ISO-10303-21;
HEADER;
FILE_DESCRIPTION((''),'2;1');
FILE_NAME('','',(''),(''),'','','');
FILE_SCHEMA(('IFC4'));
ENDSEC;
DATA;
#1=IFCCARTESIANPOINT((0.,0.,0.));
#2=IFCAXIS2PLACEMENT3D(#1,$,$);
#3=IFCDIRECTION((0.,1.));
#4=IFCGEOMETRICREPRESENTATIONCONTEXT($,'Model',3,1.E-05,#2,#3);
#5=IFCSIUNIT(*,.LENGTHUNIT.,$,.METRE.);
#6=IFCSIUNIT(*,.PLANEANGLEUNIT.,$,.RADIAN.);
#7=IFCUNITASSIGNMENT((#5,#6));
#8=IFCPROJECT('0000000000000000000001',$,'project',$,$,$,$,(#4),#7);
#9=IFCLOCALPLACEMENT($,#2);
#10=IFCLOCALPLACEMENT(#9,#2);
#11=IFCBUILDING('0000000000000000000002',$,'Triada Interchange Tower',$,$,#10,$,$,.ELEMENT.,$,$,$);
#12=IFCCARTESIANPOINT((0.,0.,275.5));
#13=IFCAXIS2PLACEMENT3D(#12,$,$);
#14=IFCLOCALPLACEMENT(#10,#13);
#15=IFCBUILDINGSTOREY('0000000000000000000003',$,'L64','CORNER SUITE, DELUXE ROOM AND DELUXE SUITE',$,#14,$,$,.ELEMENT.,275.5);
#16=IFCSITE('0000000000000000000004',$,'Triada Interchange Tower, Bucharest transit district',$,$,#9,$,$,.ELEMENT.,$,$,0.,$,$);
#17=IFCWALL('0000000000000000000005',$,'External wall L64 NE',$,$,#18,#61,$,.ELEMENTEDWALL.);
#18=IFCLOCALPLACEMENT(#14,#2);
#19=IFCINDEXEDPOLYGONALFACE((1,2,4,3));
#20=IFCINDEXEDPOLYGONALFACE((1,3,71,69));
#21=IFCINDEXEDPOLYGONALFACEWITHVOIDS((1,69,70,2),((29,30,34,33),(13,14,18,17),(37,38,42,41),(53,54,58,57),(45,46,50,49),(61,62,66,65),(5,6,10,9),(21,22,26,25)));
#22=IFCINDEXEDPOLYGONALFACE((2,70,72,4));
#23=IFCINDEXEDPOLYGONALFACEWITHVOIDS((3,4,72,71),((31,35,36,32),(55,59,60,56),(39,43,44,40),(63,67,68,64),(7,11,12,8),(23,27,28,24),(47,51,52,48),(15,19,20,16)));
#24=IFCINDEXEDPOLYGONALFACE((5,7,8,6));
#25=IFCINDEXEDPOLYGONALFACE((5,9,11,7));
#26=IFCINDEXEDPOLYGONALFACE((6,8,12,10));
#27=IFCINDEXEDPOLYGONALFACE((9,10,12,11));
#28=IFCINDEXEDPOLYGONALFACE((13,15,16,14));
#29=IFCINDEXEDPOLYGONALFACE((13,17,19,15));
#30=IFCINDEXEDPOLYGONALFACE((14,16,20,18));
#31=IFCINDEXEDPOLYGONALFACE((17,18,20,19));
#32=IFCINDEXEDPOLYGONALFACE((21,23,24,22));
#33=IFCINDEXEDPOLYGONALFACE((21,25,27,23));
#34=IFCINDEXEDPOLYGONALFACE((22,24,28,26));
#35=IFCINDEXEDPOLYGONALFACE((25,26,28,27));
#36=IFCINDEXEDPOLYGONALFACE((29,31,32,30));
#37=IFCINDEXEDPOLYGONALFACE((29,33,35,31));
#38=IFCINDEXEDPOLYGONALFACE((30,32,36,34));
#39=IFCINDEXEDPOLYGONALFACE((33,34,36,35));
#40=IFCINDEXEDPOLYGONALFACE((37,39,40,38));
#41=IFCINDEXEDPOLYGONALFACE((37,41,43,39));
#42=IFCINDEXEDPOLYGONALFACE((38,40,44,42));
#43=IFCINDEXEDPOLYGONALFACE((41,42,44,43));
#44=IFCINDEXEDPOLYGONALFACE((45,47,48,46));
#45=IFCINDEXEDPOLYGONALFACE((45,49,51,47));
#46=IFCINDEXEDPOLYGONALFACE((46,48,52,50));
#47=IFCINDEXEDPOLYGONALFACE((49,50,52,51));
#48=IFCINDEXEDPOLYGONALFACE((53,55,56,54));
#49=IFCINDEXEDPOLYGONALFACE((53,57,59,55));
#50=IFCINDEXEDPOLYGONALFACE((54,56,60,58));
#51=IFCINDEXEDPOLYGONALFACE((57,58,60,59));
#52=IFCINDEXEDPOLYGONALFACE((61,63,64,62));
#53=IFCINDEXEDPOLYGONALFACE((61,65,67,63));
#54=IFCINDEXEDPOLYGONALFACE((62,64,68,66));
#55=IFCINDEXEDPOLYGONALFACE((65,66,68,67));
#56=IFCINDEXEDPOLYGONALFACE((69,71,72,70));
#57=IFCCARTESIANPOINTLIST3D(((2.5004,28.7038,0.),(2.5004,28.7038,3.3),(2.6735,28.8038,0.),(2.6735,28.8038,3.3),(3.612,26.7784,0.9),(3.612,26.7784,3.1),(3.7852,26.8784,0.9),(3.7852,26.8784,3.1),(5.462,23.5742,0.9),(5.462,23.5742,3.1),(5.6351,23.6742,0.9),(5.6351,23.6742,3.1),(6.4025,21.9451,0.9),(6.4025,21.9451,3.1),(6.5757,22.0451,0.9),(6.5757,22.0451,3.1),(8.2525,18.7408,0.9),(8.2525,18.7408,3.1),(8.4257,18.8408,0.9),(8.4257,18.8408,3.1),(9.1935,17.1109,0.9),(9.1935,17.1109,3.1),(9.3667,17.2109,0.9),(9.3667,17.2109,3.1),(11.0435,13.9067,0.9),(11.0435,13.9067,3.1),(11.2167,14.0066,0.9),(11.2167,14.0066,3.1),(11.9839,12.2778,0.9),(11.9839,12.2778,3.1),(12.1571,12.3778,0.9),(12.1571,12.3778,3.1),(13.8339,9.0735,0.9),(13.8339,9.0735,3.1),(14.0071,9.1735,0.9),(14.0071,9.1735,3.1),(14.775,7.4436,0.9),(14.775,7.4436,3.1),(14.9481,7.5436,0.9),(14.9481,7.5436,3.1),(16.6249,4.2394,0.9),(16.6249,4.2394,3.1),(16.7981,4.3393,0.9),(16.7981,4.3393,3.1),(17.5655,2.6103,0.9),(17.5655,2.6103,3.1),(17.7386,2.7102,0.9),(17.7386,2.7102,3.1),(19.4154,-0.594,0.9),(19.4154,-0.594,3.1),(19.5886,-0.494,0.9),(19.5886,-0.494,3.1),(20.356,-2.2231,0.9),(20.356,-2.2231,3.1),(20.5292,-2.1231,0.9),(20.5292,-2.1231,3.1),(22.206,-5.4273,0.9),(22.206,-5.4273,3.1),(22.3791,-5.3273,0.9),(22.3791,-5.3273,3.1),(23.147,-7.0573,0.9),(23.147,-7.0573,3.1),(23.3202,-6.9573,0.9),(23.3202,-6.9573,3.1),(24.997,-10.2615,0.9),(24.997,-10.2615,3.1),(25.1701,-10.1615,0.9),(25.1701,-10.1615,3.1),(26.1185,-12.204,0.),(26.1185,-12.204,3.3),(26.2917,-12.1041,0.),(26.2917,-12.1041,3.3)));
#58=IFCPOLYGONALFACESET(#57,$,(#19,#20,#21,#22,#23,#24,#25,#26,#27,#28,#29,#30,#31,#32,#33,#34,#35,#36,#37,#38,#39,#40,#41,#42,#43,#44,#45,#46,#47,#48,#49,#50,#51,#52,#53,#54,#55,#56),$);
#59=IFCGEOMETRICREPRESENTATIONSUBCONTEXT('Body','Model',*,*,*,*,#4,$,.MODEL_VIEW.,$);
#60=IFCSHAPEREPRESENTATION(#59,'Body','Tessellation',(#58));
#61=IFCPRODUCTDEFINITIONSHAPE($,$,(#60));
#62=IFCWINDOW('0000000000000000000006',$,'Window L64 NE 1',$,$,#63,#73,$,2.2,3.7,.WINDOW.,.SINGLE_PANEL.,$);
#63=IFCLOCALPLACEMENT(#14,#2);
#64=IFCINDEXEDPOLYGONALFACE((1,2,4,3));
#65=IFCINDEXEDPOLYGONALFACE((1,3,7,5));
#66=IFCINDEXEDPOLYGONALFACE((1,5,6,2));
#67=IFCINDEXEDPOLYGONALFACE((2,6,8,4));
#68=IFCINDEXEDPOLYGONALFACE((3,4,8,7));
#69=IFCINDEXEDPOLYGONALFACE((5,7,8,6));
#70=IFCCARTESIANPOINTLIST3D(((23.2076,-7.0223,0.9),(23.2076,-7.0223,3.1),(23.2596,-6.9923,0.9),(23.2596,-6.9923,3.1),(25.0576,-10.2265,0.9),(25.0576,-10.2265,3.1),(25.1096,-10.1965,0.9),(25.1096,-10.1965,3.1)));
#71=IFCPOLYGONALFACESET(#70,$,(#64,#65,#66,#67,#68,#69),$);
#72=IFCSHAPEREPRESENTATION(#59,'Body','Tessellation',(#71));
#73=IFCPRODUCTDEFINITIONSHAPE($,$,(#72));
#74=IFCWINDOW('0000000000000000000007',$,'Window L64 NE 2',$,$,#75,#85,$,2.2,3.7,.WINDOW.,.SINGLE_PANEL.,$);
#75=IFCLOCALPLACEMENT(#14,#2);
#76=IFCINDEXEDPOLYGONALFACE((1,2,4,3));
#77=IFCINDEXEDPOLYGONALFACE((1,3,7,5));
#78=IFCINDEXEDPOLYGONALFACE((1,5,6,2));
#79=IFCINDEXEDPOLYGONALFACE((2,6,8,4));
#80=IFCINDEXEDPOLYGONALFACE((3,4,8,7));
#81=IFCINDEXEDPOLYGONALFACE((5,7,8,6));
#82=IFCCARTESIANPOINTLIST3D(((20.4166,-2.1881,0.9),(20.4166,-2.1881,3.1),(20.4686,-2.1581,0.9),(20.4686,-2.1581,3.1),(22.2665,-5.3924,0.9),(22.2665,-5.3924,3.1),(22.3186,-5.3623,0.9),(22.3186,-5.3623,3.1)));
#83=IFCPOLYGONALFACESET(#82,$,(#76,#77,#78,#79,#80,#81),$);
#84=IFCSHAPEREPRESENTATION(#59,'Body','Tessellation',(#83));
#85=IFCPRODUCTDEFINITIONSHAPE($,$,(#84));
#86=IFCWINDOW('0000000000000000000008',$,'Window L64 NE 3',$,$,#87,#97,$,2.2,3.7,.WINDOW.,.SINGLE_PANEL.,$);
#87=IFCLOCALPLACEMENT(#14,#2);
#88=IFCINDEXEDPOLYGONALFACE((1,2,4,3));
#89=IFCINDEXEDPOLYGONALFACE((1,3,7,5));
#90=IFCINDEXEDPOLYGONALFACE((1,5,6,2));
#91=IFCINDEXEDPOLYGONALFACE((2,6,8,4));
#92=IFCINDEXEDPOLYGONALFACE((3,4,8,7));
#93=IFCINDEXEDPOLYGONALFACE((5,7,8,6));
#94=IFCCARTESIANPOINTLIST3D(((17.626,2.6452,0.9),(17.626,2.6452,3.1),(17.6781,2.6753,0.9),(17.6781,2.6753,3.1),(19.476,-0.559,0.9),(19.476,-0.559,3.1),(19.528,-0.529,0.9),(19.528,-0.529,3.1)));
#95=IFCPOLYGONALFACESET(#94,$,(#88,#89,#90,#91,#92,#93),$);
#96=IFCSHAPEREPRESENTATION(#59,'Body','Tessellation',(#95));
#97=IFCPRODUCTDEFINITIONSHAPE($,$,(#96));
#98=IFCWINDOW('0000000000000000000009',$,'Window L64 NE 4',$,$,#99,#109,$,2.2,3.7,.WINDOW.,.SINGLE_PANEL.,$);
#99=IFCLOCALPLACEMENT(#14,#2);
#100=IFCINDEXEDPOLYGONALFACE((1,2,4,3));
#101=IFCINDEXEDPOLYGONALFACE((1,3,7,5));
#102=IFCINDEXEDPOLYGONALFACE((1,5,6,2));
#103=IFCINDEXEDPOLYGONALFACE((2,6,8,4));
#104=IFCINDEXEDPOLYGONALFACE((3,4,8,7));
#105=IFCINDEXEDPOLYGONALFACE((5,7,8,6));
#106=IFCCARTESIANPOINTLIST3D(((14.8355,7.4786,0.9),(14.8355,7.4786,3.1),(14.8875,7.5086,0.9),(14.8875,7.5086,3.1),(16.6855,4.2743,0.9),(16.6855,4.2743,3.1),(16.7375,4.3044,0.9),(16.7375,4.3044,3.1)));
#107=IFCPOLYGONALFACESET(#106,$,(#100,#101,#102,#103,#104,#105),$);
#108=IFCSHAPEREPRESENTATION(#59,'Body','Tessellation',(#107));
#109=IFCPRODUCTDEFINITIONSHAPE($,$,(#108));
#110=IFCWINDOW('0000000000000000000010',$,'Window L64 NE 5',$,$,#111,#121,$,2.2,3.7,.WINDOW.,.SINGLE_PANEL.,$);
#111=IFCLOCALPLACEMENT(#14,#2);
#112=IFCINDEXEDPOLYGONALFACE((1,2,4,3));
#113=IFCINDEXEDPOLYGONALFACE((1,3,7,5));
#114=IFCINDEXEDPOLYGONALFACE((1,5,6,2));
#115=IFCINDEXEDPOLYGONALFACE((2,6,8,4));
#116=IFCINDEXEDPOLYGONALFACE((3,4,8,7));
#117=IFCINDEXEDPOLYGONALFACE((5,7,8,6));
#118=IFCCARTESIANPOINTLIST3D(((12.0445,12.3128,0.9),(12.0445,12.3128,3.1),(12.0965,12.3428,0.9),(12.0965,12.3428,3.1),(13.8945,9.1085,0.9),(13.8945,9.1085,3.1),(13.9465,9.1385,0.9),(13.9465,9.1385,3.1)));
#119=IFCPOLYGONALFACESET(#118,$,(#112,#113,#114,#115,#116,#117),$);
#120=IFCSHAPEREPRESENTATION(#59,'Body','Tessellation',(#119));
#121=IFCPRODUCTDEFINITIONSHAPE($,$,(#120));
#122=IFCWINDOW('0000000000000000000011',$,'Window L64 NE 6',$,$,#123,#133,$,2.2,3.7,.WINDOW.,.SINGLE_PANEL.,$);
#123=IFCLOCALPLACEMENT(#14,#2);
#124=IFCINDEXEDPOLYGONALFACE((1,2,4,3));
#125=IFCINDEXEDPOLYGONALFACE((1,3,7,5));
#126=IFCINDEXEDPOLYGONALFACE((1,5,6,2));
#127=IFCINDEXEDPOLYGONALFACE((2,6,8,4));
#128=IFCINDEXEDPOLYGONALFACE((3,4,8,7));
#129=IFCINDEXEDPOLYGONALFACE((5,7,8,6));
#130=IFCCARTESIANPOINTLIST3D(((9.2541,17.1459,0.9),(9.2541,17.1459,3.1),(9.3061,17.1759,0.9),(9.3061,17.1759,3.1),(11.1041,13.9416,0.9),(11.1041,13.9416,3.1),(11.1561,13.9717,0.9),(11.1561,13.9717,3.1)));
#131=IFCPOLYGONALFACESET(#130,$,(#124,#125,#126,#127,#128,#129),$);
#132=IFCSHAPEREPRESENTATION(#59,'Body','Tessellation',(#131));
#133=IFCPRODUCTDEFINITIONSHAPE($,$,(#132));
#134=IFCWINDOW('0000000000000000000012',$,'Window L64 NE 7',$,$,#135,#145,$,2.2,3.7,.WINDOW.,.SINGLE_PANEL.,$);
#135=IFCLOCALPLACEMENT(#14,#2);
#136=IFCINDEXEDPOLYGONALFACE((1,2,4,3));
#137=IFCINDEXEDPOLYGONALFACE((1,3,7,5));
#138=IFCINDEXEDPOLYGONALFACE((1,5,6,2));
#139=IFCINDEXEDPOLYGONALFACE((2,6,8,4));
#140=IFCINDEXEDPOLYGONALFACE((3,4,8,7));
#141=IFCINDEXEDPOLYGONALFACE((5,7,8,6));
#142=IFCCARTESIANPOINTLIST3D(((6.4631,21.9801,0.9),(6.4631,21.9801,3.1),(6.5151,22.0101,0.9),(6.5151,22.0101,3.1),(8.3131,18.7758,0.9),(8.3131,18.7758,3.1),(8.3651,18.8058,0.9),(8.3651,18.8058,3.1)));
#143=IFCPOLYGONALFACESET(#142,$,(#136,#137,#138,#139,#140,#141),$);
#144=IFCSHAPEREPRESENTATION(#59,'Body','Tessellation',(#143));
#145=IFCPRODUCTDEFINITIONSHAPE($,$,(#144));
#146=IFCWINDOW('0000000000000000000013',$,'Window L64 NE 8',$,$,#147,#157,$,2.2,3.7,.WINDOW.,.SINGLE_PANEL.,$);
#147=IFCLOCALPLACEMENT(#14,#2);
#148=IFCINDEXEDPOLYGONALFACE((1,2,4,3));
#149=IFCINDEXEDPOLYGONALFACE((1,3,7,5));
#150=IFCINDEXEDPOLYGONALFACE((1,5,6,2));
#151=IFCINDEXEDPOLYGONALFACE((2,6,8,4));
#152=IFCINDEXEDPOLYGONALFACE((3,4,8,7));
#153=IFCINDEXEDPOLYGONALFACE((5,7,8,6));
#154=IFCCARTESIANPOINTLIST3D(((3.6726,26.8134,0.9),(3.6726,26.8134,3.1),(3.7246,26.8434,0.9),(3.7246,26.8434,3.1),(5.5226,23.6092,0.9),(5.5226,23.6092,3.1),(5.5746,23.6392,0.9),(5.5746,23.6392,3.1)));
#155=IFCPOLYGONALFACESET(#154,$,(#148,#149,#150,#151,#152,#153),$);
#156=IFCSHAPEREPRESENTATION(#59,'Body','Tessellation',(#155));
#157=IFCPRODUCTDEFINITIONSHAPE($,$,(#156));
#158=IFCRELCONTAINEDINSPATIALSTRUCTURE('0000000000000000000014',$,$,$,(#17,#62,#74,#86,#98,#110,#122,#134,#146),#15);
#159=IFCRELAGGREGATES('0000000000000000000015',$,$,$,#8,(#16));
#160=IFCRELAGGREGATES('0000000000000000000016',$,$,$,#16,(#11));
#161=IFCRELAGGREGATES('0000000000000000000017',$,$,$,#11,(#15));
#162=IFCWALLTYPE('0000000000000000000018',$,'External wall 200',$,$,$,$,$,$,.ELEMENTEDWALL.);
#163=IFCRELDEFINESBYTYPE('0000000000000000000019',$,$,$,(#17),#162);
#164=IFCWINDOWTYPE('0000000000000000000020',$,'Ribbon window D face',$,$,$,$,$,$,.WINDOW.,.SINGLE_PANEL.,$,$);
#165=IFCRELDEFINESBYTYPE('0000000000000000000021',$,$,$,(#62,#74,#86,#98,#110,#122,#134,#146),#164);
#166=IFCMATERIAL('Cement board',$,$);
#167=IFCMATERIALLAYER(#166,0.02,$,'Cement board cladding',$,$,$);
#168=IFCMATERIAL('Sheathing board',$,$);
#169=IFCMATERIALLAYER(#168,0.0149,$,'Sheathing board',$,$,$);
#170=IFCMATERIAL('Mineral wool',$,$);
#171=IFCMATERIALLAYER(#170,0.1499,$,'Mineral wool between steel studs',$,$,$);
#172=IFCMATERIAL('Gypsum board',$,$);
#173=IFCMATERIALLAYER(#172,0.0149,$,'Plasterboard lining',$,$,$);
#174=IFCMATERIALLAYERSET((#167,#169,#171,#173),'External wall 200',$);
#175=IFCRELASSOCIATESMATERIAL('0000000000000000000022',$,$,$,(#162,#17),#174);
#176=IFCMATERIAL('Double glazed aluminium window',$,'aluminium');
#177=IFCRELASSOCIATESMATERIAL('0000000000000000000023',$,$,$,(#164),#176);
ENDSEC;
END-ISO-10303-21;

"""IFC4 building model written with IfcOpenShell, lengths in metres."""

from ifc_helpers import new_model, si_unit, direction, frame, frame_2d, origin, place, context, subcontext, project, spatial, rectangle, extrude, material, layer, layer_set, layer_usage, type_object, element, fill, save


model = new_model("IFC4")

# Units and contexts
model_context = context("Model", 3, precision=1e-05, world=origin(), true_north=direction((0.0, 1.0)))
body_context = subcontext(model_context, "Body", "Model", "MODEL_VIEW")
ifc_project = project(units=[si_unit("LENGTHUNIT", "METRE"), si_unit("PLANEANGLEUNIT", "RADIAN")], contexts=[model_context])

# Site, building, storey
site_placement = place(None, origin())
site = spatial("IfcSite", under=ifc_project, at=site_placement, Name="Triada Interchange Tower, Bucharest transit district", CompositionType="ELEMENT", RefElevation=0.0)
building_placement = place(site_placement, origin())
building = spatial("IfcBuilding", under=site, at=building_placement, Name="Triada Interchange Tower", CompositionType="ELEMENT")
storey_placement = place(building_placement, frame((0.0, 0.0, 275.5)))
storey = spatial("IfcBuildingStorey", under=building, at=storey_placement, Name="L64", Description="CORNER SUITE, DELUXE ROOM AND DELUXE SUITE", CompositionType="ELEMENT", Elevation=275.5)

# Shared definitions
ifc_material_1 = material(Name="Cement board")
ifc_layer_1 = layer(ifc_material_1, 0.02, Name="Cement board cladding")
ifc_material_2 = material(Name="Sheathing board")
ifc_layer_2 = layer(ifc_material_2, 0.0149, Name="Sheathing board")
ifc_material_3 = material(Name="Mineral wool")
ifc_layer_3 = layer(ifc_material_3, 0.1499, Name="Mineral wool between steel studs")
ifc_material_4 = material(Name="Gypsum board")
ifc_layer_4 = layer(ifc_material_4, 0.0149, Name="Plasterboard lining")
ifc_layer_set_1 = layer_set([ifc_layer_1, ifc_layer_2, ifc_layer_3, ifc_layer_4], Name="External wall 200")
ifc_layer_usage = layer_usage(ifc_layer_set_1, "AXIS2", "POSITIVE", -0.1001)
wall_type = type_object("IfcWallType", Name="External wall 200", PredefinedType="ELEMENTEDWALL", material=ifc_layer_set_1)
ifc_material_5 = material(Name="Double glazed aluminium window", Category="aluminium")

# Wall, openings, windows
wall_1_placement = place(storey_placement, frame((26.2051, -12.1541, 0.0), z_axis=(0.0, 0.0, 1.0), x_axis=(-0.499999, 0.866026, 0.0)))
wall_1 = element("IfcWall", 1, at=wall_1_placement, inside=storey, type_object=wall_type, material=ifc_layer_usage, Name="External wall L64 NE", PredefinedType="ELEMENTEDWALL", context=body_context, shape_type="SweptSolid", body=[
    extrude(rectangle(XDim=47.2363, YDim=0.2, at=frame_2d((23.6182, 0.0))), origin(), (0.0, 0.0, 1.0), 3.3),
])
opening_1_placement = place(wall_1_placement, frame((2.2429, 0.0, 0.8999)))
opening_1 = element("IfcOpeningElement", 2, at=opening_1_placement, cuts=wall_1, PredefinedType="OPENING", context=body_context, shape_type="SweptSolid", body=[
    extrude(rectangle(XDim=3.7, YDim=2.2, at=frame_2d((1.8501, 1.1001))), frame((0.0, 0.1099, 0.0), z_axis=(0.0, -1.0, 0.0), x_axis=(1.0, 0.0, 0.0)), (0.0, 0.0, 1.0), 0.22),
])
opening_2_placement = place(wall_1_placement, frame((7.825, 0.0, 0.8999)))
opening_2 = element("IfcOpeningElement", 3, at=opening_2_placement, cuts=wall_1, PredefinedType="OPENING", context=body_context, shape_type="SweptSolid", body=[
    extrude(rectangle(XDim=3.7, YDim=2.2, at=frame_2d((1.8501, 1.1001))), frame((0.0, 0.1099, 0.0), z_axis=(0.0, -1.0, 0.0), x_axis=(1.0, 0.0, 0.0)), (0.0, 0.0, 1.0), 0.22),
])
opening_3_placement = place(wall_1_placement, frame((13.406, 0.0, 0.8999)))
opening_3 = element("IfcOpeningElement", 4, at=opening_3_placement, cuts=wall_1, PredefinedType="OPENING", context=body_context, shape_type="SweptSolid", body=[
    extrude(rectangle(XDim=3.7, YDim=2.2, at=frame_2d((1.8501, 1.1001))), frame((0.0, 0.1099, 0.0), z_axis=(0.0, -1.0, 0.0), x_axis=(1.0, 0.0, 0.0)), (0.0, 0.0, 1.0), 0.22),
])
opening_4_placement = place(wall_1_placement, frame((18.9871, 0.0, 0.8999)))
opening_4 = element("IfcOpeningElement", 5, at=opening_4_placement, cuts=wall_1, PredefinedType="OPENING", context=body_context, shape_type="SweptSolid", body=[
    extrude(rectangle(XDim=3.7, YDim=2.2, at=frame_2d((1.8501, 1.1001))), frame((0.0, 0.1099, 0.0), z_axis=(0.0, -1.0, 0.0), x_axis=(1.0, 0.0, 0.0)), (0.0, 0.0, 1.0), 0.22),
])
opening_5_placement = place(wall_1_placement, frame((24.5691, 0.0, 0.8999)))
opening_5 = element("IfcOpeningElement", 6, at=opening_5_placement, cuts=wall_1, PredefinedType="OPENING", context=body_context, shape_type="SweptSolid", body=[
    extrude(rectangle(XDim=3.7, YDim=2.2, at=frame_2d((1.8501, 1.1001))), frame((0.0, 0.1099, 0.0), z_axis=(0.0, -1.0, 0.0), x_axis=(1.0, 0.0, 0.0)), (0.0, 0.0, 1.0), 0.22),
])
opening_6_placement = place(wall_1_placement, frame((30.1499, 0.0, 0.8999)))
opening_6 = element("IfcOpeningElement", 7, at=opening_6_placement, cuts=wall_1, PredefinedType="OPENING", context=body_context, shape_type="SweptSolid", body=[
    extrude(rectangle(XDim=3.7, YDim=2.2, at=frame_2d((1.8501, 1.1001))), frame((0.0, 0.1099, 0.0), z_axis=(0.0, -1.0, 0.0), x_axis=(1.0, 0.0, 0.0)), (0.0, 0.0, 1.0), 0.22),
])
opening_7_placement = place(wall_1_placement, frame((35.7319, 0.0, 0.8999)))
opening_7 = element("IfcOpeningElement", 8, at=opening_7_placement, cuts=wall_1, PredefinedType="OPENING", context=body_context, shape_type="SweptSolid", body=[
    extrude(rectangle(XDim=3.7, YDim=2.2, at=frame_2d((1.8501, 1.1001))), frame((0.0, 0.1099, 0.0), z_axis=(0.0, -1.0, 0.0), x_axis=(1.0, 0.0, 0.0)), (0.0, 0.0, 1.0), 0.22),
])
opening_8_placement = place(wall_1_placement, frame((41.313, 0.0, 0.8999)))
opening_8 = element("IfcOpeningElement", 9, at=opening_8_placement, cuts=wall_1, PredefinedType="OPENING", context=body_context, shape_type="SweptSolid", body=[
    extrude(rectangle(XDim=3.7, YDim=2.2, at=frame_2d((1.8501, 1.1001))), frame((0.0, 0.1099, 0.0), z_axis=(0.0, -1.0, 0.0), x_axis=(1.0, 0.0, 0.0)), (0.0, 0.0, 1.0), 0.22),
])
window_type_1 = type_object("IfcWindowType", Name="Ribbon window D face", PartitioningType="SINGLE_PANEL", PredefinedType="WINDOW", material=ifc_material_5)
window_1_placement = place(opening_1_placement, origin())
window_1 = element("IfcWindow", 10, at=window_1_placement, inside=storey, type_object=window_type_1, Name="Window L64 NE 1", OverallHeight=2.2, OverallWidth=3.7, PartitioningType="SINGLE_PANEL", PredefinedType="WINDOW", context=body_context, shape_type="SweptSolid", body=[
    extrude(rectangle(XDim=3.7, YDim=2.2, at=frame_2d((1.8501, 1.1001))), frame((0.0, 0.03, 0.0), z_axis=(0.0, -1.0, 0.0), x_axis=(1.0, 0.0, 0.0)), (0.0, 0.0, 1.0), 0.0601),
])
fill(opening_1, window_1)
window_2_placement = place(opening_2_placement, origin())
window_2 = element("IfcWindow", 11, at=window_2_placement, inside=storey, type_object=window_type_1, Name="Window L64 NE 2", OverallHeight=2.2, OverallWidth=3.7, PartitioningType="SINGLE_PANEL", PredefinedType="WINDOW", context=body_context, shape_type="SweptSolid", body=[
    extrude(rectangle(XDim=3.7, YDim=2.2, at=frame_2d((1.8501, 1.1001))), frame((0.0, 0.03, 0.0), z_axis=(0.0, -1.0, 0.0), x_axis=(1.0, 0.0, 0.0)), (0.0, 0.0, 1.0), 0.0601),
])
fill(opening_2, window_2)
window_3_placement = place(opening_3_placement, origin())
window_3 = element("IfcWindow", 12, at=window_3_placement, inside=storey, type_object=window_type_1, Name="Window L64 NE 3", OverallHeight=2.2, OverallWidth=3.7, PartitioningType="SINGLE_PANEL", PredefinedType="WINDOW", context=body_context, shape_type="SweptSolid", body=[
    extrude(rectangle(XDim=3.7, YDim=2.2, at=frame_2d((1.8501, 1.1001))), frame((0.0, 0.03, 0.0), z_axis=(0.0, -1.0, 0.0), x_axis=(1.0, 0.0, 0.0)), (0.0, 0.0, 1.0), 0.0601),
])
fill(opening_3, window_3)
window_4_placement = place(opening_4_placement, origin())
window_4 = element("IfcWindow", 13, at=window_4_placement, inside=storey, type_object=window_type_1, Name="Window L64 NE 4", OverallHeight=2.2, OverallWidth=3.7, PartitioningType="SINGLE_PANEL", PredefinedType="WINDOW", context=body_context, shape_type="SweptSolid", body=[
    extrude(rectangle(XDim=3.7, YDim=2.2, at=frame_2d((1.8501, 1.1001))), frame((0.0, 0.03, 0.0), z_axis=(0.0, -1.0, 0.0), x_axis=(1.0, 0.0, 0.0)), (0.0, 0.0, 1.0), 0.0601),
])
fill(opening_4, window_4)
window_5_placement = place(opening_5_placement, origin())
window_5 = element("IfcWindow", 14, at=window_5_placement, inside=storey, type_object=window_type_1, Name="Window L64 NE 5", OverallHeight=2.2, OverallWidth=3.7, PartitioningType="SINGLE_PANEL", PredefinedType="WINDOW", context=body_context, shape_type="SweptSolid", body=[
    extrude(rectangle(XDim=3.7, YDim=2.2, at=frame_2d((1.8501, 1.1001))), frame((0.0, 0.03, 0.0), z_axis=(0.0, -1.0, 0.0), x_axis=(1.0, 0.0, 0.0)), (0.0, 0.0, 1.0), 0.0601),
])
fill(opening_5, window_5)
window_6_placement = place(opening_6_placement, origin())
window_6 = element("IfcWindow", 15, at=window_6_placement, inside=storey, type_object=window_type_1, Name="Window L64 NE 6", OverallHeight=2.2, OverallWidth=3.7, PartitioningType="SINGLE_PANEL", PredefinedType="WINDOW", context=body_context, shape_type="SweptSolid", body=[
    extrude(rectangle(XDim=3.7, YDim=2.2, at=frame_2d((1.8501, 1.1001))), frame((0.0, 0.03, 0.0), z_axis=(0.0, -1.0, 0.0), x_axis=(1.0, 0.0, 0.0)), (0.0, 0.0, 1.0), 0.0601),
])
fill(opening_6, window_6)
window_7_placement = place(opening_7_placement, origin())
window_7 = element("IfcWindow", 16, at=window_7_placement, inside=storey, type_object=window_type_1, Name="Window L64 NE 7", OverallHeight=2.2, OverallWidth=3.7, PartitioningType="SINGLE_PANEL", PredefinedType="WINDOW", context=body_context, shape_type="SweptSolid", body=[
    extrude(rectangle(XDim=3.7, YDim=2.2, at=frame_2d((1.8501, 1.1001))), frame((0.0, 0.03, 0.0), z_axis=(0.0, -1.0, 0.0), x_axis=(1.0, 0.0, 0.0)), (0.0, 0.0, 1.0), 0.0601),
])
fill(opening_7, window_7)
window_8_placement = place(opening_8_placement, origin())
window_8 = element("IfcWindow", 17, at=window_8_placement, inside=storey, type_object=window_type_1, Name="Window L64 NE 8", OverallHeight=2.2, OverallWidth=3.7, PartitioningType="SINGLE_PANEL", PredefinedType="WINDOW", context=body_context, shape_type="SweptSolid", body=[
    extrude(rectangle(XDim=3.7, YDim=2.2, at=frame_2d((1.8501, 1.1001))), frame((0.0, 0.03, 0.0), z_axis=(0.0, -1.0, 0.0), x_axis=(1.0, 0.0, 0.0)), (0.0, 0.0, 1.0), 0.0601),
])
fill(opening_8, window_8)

save(model, "model.ifc")
